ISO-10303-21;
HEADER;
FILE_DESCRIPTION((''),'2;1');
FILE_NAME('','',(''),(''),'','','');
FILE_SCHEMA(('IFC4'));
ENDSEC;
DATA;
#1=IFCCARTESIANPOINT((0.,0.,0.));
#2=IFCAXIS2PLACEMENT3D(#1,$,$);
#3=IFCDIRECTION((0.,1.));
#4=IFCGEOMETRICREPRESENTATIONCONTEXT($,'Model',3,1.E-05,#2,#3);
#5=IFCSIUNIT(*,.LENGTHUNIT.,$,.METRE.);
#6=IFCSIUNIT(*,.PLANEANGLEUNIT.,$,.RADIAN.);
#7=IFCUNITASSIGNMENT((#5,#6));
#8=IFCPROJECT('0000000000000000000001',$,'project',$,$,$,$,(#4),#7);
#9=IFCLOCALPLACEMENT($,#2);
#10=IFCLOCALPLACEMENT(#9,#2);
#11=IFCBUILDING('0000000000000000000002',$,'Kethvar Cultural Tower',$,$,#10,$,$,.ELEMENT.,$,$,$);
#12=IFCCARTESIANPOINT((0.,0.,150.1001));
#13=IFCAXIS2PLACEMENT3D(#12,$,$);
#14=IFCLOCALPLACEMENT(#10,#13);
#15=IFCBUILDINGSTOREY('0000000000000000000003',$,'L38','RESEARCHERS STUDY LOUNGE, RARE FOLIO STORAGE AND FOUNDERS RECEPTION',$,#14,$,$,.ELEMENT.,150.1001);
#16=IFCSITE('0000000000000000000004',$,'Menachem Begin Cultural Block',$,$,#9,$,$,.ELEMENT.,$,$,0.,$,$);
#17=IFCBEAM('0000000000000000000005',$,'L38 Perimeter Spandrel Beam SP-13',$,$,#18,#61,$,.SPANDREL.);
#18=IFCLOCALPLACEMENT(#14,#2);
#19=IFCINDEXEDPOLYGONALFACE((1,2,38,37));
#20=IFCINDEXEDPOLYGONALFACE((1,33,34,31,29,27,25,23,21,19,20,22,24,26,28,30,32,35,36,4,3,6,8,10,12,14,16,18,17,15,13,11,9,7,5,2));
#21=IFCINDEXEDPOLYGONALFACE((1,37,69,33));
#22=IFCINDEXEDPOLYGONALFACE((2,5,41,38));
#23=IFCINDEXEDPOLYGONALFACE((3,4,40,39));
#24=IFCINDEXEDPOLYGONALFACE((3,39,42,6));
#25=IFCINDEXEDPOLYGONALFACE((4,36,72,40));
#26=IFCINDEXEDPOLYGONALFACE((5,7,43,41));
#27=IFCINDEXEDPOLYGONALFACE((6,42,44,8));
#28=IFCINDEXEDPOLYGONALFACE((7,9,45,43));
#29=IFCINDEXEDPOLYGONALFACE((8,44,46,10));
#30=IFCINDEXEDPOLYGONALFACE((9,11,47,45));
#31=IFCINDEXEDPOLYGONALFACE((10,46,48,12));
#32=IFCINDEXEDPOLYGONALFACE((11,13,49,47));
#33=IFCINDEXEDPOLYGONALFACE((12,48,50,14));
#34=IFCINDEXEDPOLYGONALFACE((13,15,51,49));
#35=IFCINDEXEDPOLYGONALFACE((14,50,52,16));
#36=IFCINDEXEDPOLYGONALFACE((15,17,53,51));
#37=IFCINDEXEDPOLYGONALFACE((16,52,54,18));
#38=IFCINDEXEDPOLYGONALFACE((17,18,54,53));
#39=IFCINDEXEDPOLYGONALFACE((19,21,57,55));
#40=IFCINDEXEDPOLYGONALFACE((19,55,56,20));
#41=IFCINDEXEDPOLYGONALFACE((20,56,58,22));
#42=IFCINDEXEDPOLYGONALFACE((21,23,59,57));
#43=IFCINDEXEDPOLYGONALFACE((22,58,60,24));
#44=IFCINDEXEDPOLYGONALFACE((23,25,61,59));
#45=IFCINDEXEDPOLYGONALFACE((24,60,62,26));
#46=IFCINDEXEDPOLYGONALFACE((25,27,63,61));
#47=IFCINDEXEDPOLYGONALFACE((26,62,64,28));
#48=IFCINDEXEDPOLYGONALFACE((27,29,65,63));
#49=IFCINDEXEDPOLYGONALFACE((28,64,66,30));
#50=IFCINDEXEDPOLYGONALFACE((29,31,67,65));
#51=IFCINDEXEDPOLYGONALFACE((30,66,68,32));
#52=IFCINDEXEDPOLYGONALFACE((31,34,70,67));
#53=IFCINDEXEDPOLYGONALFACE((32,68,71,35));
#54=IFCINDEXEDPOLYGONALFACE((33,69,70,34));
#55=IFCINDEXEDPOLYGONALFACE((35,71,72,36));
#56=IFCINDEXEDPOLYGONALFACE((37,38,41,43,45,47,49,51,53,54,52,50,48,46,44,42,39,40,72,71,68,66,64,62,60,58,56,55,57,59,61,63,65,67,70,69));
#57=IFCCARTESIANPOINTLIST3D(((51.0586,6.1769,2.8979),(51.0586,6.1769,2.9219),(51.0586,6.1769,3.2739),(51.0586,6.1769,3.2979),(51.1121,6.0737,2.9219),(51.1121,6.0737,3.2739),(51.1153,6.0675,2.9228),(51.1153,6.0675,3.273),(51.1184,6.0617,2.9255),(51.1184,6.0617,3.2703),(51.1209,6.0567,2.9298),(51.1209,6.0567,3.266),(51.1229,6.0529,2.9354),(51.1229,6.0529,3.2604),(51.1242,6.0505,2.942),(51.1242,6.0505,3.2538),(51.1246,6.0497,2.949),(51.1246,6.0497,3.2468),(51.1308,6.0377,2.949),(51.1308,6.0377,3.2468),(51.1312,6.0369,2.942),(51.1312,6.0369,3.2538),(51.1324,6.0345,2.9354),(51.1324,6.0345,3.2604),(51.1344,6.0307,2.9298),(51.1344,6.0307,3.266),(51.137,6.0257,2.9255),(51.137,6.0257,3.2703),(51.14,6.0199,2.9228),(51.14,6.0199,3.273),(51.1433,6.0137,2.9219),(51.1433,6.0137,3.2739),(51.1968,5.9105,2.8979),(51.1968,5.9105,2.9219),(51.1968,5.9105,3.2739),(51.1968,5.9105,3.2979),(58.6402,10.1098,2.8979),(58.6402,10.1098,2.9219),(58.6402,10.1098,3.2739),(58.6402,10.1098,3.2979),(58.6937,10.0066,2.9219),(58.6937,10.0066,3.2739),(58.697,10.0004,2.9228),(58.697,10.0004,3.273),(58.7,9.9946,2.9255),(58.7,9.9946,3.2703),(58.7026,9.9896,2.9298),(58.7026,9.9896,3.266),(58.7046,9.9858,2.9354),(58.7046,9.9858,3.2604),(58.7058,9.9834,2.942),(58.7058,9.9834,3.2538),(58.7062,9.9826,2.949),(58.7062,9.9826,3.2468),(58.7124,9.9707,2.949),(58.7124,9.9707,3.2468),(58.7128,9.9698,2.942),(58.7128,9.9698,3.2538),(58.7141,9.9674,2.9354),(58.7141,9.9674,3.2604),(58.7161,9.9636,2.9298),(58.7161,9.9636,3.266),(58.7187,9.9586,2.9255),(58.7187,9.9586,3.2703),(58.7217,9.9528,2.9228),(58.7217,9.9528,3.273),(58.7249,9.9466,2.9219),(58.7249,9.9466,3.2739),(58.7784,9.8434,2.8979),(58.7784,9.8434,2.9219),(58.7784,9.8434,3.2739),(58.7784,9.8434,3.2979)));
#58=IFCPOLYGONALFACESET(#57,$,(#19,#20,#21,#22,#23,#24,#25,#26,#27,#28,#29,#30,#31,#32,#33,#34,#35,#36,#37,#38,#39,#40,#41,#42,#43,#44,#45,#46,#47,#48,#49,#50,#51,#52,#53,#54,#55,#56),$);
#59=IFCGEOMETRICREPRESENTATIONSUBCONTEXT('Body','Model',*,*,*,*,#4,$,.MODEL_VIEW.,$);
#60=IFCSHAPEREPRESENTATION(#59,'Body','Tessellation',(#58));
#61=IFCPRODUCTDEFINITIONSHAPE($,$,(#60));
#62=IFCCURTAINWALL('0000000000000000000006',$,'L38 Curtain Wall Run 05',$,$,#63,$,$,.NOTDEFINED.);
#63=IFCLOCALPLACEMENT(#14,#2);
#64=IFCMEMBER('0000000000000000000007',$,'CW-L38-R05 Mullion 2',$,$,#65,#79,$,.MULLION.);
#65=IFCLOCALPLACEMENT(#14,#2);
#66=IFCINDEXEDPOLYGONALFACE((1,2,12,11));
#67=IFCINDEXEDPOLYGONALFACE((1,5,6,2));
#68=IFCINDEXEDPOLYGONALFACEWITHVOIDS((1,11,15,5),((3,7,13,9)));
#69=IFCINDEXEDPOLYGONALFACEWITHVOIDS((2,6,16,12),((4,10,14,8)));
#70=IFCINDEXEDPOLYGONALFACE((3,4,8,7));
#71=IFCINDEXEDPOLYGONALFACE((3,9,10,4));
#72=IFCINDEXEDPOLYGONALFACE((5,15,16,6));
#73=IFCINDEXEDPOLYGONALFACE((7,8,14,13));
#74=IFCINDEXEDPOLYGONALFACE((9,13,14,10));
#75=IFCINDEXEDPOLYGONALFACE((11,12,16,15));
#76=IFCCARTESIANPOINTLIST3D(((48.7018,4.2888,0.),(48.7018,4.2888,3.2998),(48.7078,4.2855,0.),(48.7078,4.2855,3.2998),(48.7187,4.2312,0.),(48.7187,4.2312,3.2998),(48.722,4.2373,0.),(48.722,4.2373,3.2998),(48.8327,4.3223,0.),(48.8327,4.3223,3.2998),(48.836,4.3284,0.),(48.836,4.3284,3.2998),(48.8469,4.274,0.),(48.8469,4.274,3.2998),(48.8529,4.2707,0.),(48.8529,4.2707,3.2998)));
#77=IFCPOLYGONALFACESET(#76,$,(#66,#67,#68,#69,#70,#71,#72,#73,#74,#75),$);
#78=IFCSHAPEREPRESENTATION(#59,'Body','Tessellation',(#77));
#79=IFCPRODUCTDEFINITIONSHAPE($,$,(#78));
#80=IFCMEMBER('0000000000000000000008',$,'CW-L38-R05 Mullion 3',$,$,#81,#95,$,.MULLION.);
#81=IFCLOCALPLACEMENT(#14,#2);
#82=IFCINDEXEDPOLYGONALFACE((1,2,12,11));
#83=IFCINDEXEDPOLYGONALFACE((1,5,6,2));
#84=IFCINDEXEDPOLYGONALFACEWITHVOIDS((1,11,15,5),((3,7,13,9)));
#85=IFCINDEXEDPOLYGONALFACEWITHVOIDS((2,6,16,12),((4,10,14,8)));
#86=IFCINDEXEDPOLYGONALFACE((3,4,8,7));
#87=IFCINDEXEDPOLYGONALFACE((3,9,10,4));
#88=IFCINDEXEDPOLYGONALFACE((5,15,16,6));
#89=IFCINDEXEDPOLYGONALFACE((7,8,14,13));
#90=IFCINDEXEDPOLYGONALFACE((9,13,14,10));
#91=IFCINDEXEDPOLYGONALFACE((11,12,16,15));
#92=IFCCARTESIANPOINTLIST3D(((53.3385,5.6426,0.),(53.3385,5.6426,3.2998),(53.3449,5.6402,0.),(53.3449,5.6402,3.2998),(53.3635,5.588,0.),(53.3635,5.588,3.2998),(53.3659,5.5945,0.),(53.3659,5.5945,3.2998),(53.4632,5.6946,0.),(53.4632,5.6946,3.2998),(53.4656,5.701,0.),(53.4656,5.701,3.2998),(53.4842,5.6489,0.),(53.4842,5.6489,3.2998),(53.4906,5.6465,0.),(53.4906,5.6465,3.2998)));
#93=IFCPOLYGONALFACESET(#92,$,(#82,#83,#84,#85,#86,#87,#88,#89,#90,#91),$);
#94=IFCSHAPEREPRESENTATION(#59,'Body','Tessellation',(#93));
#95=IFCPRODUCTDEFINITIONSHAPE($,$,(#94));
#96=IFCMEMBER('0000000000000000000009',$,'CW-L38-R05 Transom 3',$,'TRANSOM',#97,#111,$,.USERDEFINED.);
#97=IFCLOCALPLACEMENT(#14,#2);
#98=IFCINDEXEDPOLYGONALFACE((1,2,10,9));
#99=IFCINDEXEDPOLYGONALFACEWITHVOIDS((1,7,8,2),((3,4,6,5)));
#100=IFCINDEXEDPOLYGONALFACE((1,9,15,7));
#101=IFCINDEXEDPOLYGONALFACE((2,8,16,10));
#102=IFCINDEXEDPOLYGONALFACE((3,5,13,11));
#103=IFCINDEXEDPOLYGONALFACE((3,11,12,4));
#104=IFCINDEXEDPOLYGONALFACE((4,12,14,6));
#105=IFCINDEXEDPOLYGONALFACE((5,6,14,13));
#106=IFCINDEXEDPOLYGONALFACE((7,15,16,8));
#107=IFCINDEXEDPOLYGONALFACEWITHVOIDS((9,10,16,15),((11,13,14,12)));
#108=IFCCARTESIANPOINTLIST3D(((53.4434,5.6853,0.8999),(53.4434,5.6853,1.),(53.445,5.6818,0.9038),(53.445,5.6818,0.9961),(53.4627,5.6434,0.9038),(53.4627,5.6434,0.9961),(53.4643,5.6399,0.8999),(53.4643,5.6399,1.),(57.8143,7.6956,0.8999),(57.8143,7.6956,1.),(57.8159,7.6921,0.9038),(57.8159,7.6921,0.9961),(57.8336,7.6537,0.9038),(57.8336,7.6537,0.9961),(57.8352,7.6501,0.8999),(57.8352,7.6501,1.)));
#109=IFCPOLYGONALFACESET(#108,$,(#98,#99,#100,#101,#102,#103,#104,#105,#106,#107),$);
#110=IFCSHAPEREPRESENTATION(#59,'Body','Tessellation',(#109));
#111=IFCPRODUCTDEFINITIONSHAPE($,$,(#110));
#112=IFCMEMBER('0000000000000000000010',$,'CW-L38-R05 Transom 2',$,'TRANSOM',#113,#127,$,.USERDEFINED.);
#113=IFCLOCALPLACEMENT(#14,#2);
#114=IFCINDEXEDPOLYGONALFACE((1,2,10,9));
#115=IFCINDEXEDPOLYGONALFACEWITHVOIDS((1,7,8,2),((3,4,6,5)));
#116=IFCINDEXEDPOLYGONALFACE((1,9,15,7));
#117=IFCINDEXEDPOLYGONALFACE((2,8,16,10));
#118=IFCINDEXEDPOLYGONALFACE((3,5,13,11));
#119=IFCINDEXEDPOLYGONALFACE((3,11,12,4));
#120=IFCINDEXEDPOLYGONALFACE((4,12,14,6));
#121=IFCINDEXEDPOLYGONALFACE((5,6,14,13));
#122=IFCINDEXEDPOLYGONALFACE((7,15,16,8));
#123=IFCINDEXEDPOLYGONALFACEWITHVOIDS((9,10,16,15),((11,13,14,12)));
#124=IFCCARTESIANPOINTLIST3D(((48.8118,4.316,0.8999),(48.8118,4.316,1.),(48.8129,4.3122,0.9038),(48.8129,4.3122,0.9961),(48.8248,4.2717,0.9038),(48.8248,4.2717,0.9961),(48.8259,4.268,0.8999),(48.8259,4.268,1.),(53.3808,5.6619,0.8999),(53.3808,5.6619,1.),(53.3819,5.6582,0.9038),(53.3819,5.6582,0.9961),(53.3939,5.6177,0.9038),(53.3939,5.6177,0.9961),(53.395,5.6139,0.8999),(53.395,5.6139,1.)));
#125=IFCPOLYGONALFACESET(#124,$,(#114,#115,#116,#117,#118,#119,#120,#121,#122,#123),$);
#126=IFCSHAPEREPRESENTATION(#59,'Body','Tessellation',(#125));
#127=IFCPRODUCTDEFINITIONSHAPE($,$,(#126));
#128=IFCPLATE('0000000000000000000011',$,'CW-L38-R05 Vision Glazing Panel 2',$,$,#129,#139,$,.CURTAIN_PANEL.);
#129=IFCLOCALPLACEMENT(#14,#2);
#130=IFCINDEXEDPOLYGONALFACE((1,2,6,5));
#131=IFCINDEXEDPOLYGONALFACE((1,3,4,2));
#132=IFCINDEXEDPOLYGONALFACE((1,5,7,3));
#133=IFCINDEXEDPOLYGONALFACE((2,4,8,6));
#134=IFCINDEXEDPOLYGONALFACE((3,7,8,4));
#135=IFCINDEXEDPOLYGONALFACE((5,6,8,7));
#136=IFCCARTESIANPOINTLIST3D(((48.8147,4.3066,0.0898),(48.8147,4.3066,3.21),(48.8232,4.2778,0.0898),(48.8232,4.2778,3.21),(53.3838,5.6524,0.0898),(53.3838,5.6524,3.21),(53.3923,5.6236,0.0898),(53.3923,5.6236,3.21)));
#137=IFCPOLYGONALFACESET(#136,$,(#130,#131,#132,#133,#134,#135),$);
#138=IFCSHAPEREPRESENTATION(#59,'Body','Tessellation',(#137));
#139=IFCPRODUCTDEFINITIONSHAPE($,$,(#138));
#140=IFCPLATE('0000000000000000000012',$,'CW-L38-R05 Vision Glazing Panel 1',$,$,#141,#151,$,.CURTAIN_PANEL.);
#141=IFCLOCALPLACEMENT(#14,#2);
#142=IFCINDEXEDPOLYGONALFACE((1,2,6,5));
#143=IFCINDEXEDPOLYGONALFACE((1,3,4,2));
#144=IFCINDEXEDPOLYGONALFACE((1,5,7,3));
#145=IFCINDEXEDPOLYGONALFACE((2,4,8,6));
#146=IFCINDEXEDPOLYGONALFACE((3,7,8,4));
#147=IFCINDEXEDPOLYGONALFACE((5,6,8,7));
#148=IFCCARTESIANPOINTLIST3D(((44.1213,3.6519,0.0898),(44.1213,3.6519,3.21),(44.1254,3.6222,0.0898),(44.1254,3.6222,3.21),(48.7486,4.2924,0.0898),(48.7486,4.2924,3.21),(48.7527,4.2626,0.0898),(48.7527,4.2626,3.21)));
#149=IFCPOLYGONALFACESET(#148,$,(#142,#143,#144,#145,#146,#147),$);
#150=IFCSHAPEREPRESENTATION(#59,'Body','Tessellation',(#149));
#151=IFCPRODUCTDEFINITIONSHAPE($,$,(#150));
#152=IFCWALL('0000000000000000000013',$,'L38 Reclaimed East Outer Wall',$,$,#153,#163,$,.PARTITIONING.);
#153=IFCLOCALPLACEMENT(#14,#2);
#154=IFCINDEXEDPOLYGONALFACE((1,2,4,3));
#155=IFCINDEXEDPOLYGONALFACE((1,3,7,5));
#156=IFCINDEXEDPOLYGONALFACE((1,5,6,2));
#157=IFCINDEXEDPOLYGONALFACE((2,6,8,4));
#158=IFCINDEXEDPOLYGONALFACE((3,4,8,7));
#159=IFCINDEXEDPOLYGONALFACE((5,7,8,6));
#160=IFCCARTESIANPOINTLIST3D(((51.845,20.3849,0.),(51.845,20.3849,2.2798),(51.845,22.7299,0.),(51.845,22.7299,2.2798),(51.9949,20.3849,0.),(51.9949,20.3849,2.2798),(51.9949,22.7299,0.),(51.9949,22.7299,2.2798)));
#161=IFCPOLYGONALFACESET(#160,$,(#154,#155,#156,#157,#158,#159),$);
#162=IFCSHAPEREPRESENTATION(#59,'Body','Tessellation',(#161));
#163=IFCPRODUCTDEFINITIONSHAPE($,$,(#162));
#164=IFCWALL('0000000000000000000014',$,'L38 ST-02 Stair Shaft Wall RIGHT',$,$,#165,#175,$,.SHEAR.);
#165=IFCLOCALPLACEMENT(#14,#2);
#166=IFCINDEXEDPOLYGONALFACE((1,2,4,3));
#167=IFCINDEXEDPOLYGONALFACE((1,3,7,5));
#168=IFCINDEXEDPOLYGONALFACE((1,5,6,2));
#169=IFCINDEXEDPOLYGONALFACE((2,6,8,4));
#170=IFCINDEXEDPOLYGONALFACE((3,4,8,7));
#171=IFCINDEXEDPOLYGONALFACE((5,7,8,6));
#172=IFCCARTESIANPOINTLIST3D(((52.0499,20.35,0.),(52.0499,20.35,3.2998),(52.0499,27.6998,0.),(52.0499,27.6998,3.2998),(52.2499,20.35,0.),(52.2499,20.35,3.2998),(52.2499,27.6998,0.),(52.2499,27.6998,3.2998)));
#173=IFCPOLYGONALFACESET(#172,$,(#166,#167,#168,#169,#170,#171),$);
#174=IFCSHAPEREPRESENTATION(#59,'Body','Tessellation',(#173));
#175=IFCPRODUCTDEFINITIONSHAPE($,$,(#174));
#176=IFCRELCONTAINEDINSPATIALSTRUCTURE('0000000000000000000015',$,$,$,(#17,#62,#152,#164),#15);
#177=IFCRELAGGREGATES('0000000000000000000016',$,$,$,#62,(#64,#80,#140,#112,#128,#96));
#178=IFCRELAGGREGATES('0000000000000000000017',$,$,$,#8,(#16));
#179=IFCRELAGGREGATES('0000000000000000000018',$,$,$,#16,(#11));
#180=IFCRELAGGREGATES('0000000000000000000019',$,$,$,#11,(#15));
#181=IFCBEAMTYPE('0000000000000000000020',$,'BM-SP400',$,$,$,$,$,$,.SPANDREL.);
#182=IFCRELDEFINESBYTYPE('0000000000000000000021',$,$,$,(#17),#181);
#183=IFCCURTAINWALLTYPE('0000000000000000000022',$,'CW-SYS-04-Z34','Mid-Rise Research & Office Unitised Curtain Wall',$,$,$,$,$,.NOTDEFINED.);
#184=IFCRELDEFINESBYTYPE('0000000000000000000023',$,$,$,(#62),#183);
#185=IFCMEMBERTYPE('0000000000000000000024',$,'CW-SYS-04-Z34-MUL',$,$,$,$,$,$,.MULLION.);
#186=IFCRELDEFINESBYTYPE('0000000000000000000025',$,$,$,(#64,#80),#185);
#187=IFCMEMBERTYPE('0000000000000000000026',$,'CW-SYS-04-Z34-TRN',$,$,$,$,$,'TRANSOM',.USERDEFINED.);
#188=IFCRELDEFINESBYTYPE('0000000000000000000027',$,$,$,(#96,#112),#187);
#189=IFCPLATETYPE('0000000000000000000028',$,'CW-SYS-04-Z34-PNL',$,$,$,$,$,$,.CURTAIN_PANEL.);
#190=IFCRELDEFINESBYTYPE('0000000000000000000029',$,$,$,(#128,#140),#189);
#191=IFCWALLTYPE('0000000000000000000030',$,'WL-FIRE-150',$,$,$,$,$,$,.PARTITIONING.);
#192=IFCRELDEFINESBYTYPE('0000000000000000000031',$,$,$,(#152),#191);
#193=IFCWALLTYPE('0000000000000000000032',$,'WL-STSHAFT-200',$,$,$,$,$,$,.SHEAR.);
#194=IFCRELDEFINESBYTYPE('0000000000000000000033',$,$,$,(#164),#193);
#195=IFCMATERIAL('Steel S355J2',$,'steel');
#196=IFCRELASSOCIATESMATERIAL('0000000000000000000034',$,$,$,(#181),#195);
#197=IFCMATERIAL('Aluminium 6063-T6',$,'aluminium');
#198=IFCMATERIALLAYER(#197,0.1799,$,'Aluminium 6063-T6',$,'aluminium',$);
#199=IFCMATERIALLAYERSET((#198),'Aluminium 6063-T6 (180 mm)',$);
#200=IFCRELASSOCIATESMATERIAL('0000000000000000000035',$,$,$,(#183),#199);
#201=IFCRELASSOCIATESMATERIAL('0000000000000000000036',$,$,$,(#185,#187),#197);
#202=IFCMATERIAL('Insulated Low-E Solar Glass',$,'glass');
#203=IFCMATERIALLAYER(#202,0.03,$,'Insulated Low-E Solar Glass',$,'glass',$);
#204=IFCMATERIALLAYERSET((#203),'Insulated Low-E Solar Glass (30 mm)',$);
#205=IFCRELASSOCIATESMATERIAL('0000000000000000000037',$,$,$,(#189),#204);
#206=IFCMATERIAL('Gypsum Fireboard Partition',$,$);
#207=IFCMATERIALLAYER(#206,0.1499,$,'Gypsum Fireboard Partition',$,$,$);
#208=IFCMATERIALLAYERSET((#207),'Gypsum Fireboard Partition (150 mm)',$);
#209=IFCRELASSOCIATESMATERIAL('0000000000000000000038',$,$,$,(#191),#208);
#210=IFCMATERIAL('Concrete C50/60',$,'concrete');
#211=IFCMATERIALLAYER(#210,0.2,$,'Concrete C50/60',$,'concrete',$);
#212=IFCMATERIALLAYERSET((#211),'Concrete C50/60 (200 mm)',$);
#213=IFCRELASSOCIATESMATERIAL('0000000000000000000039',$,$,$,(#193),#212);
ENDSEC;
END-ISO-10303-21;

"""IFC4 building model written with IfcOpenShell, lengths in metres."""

from ifc_helpers import new_model, si_unit, direction, frame, frame_2d, origin, origin_2d, place, context, subcontext, project, spatial, rectangle, hollow_rectangle, i_section, extrude, source, transform, mapped, material, layer, layer_set, material_profile, profile_set, type_object, element, aggregate, save


model = new_model("IFC4")

# Units and contexts
model_context = context("Model", 3, precision=1e-05, world=origin(), true_north=direction((0.0, 1.0)))
body_context = subcontext(model_context, "Body", "Model", "MODEL_VIEW")
ifc_project = project(units=[si_unit("LENGTHUNIT", "METRE"), si_unit("PLANEANGLEUNIT", "RADIAN")], contexts=[model_context])

# Site, building, storey
site_placement = place(None, origin())
site = spatial("IfcSite", under=ifc_project, at=site_placement, Name="Menachem Begin Cultural Block", CompositionType="ELEMENT", RefElevation=0.0)
building_placement = place(site_placement, origin())
building = spatial("IfcBuilding", under=site, at=building_placement, Name="Kethvar Cultural Tower", CompositionType="ELEMENT")
storey_placement = place(building_placement, frame((0.0, 0.0, 150.1001)))
storey = spatial("IfcBuildingStorey", under=building, at=storey_placement, Name="L38", Description="RESEARCHERS STUDY LOUNGE, RARE FOLIO STORAGE AND FOUNDERS RECEPTION", CompositionType="ELEMENT", Elevation=150.1001)

# Beam
ifc_material_1 = material(Name="Steel S355J2", Category="steel")
ifc_material_profile_1 = material_profile(ifc_material_1, i_section(OverallWidth=0.3, OverallDepth=0.3999, WebThickness=0.0134, FlangeThickness=0.0239, FilletRadius=0.0271, at=origin_2d()), Name="Steel S355J2 — HEB400")
ifc_profile_set_1 = profile_set([ifc_material_profile_1], Name="Steel S355J2 — HEB400")
beam_type_1 = type_object("IfcBeamType", Name="BM-SP400", PredefinedType="SPANDREL", material=ifc_profile_set_1)
shared_shape_1 = source(origin(), body_context, "Body", "SweptSolid", [
    extrude(i_section(OverallWidth=0.3, OverallDepth=0.3999, WebThickness=0.0134, FlangeThickness=0.0239, FilletRadius=0.0271, at=origin_2d()), origin(), (0.0, 0.0, 1.0), 8.541),
])
beam_1_placement = place(storey_placement, frame((51.1277, 6.0437, 3.0979), z_axis=(0.887674, 0.460473, 0.0), x_axis=(-0.460473, 0.887674, 0.0)))
element("IfcBeam", 1, at=beam_1_placement, inside=storey, type_object=beam_type_1, Name="L38 Perimeter Spandrel Beam SP-13", PredefinedType="SPANDREL", context=body_context, shape_type="MappedRepresentation", body=[
    mapped(shared_shape_1, transform((0.0, 0.0, 0.0), scale=1.0)),
])

# Curtain wall, members, plates
ifc_material_2 = material(Name="Aluminium 6063-T6", Category="aluminium")
ifc_layer_1 = layer(ifc_material_2, 0.1799, Name="Aluminium 6063-T6", Category="aluminium")
ifc_layer_set_1 = layer_set([ifc_layer_1], Name="Aluminium 6063-T6 (180 mm)")
curtain_wall_type = type_object("IfcCurtainWallType", Name="CW-SYS-04-Z34", Description="Mid-Rise Research & Office Unitised Curtain Wall", PredefinedType="NOTDEFINED", material=ifc_layer_set_1)
curtain_wall_placement = place(storey_placement, origin())
curtain_wall = element("IfcCurtainWall", 2, at=curtain_wall_placement, inside=storey, type_object=curtain_wall_type, Name="L38 Curtain Wall Run 05", PredefinedType="NOTDEFINED")
ifc_material_profile_2 = material_profile(ifc_material_2, hollow_rectangle(XDim=0.0601, YDim=0.1399, WallThickness=0.0049, at=origin_2d()), Name="Aluminium 6063-T6 — RHS140x60x5")
ifc_profile_set_2 = profile_set([ifc_material_profile_2], Name="Aluminium 6063-T6 — RHS140x60x5")
member_type_1 = type_object("IfcMemberType", Name="CW-SYS-04-Z34-MUL", PredefinedType="MULLION", material=ifc_profile_set_2)
shared_shape_2 = source(origin(), body_context, "Body", "SweptSolid", [
    extrude(hollow_rectangle(XDim=0.0601, YDim=0.1399, WallThickness=0.0049, at=origin_2d()), origin(), (0.0, 0.0, 1.0), 3.2998),
])
member_1_placement = place(storey_placement, frame((48.7773, 4.2798, 0.0), z_axis=(0.0, 0.0, 1.0), x_axis=(-0.282542, 0.959255, 0.0)))
member_1 = element("IfcMember", 3, at=member_1_placement, type_object=member_type_1, Name="CW-L38-R05 Mullion 2", PredefinedType="MULLION", context=body_context, shape_type="MappedRepresentation", body=[
    mapped(shared_shape_2, transform((0.0, 0.0, 0.0), scale=1.0)),
])
member_2_placement = place(storey_placement, frame((53.4146, 5.6445, 0.0), z_axis=(0.0, 0.0, 1.0), x_axis=(-0.41782, 0.90853, 0.0)))
member_2 = element("IfcMember", 4, at=member_2_placement, type_object=member_type_1, Name="CW-L38-R05 Mullion 3", PredefinedType="MULLION", context=body_context, shape_type="MappedRepresentation", body=[
    mapped(shared_shape_2, transform((0.0, 0.0, 0.0), scale=1.0)),
])
ifc_material_profile_3 = material_profile(ifc_material_2, hollow_rectangle(XDim=0.05, YDim=0.1001, WallThickness=0.0039, at=origin_2d()), Name="Aluminium 6063-T6 — RHS100x50x4")
ifc_profile_set_3 = profile_set([ifc_material_profile_3], Name="Aluminium 6063-T6 — RHS100x50x4")
member_type_2 = type_object("IfcMemberType", Name="CW-SYS-04-Z34-TRN", ElementType="TRANSOM", PredefinedType="USERDEFINED", material=ifc_profile_set_3)
shared_shape_3 = source(origin(), body_context, "Body", "SweptSolid", [
    extrude(hollow_rectangle(XDim=0.05, YDim=0.1001, WallThickness=0.0039, at=origin_2d()), origin(), (0.0, 0.0, 1.0), 4.811),
])
member_3_placement = place(storey_placement, frame((53.4539, 5.6626, 0.95), z_axis=(0.908517, 0.417848, 0.0), x_axis=(-0.417848, 0.908517, 0.0)))
member_3 = element("IfcMember", 5, at=member_3_placement, type_object=member_type_2, Name="CW-L38-R05 Transom 3", ObjectType="TRANSOM", PredefinedType="USERDEFINED", context=body_context, shape_type="MappedRepresentation", body=[
    mapped(shared_shape_3, transform((0.0, 0.0, 0.0), scale=1.0)),
])
shared_shape_4 = source(origin(), body_context, "Body", "SweptSolid", [
    extrude(hollow_rectangle(XDim=0.05, YDim=0.1001, WallThickness=0.0039, at=origin_2d()), origin(), (0.0, 0.0, 1.0), 4.7632),
])
member_4_placement = place(storey_placement, frame((48.8188, 4.292, 0.95), z_axis=(0.959246, 0.282571, 0.0), x_axis=(-0.282571, 0.959246, 0.0)))
member_4 = element("IfcMember", 6, at=member_4_placement, type_object=member_type_2, Name="CW-L38-R05 Transom 2", ObjectType="TRANSOM", PredefinedType="USERDEFINED", context=body_context, shape_type="MappedRepresentation", body=[
    mapped(shared_shape_4, transform((0.0, 0.0, 0.0), scale=1.0)),
])
ifc_material_3 = material(Name="Insulated Low-E Solar Glass", Category="glass")
ifc_layer_2 = layer(ifc_material_3, 0.03, Name="Insulated Low-E Solar Glass", Category="glass")
ifc_layer_set_2 = layer_set([ifc_layer_2], Name="Insulated Low-E Solar Glass (30 mm)")
plate_type = type_object("IfcPlateType", Name="CW-SYS-04-Z34-PNL", PredefinedType="CURTAIN_PANEL", material=ifc_layer_set_2)
shared_shape_5 = source(origin(), body_context, "Body", "SweptSolid", [
    extrude(rectangle(XDim=4.7632, YDim=0.03, at=origin_2d()), origin(), (0.0, 0.0, 1.0), 3.1201),
])
plate_1_placement = place(storey_placement, frame((51.1035, 4.9651, 0.0898), z_axis=(0.0, 0.0, 1.0), x_axis=(0.959255, 0.282542, 0.0)))
plate_1 = element("IfcPlate", 7, at=plate_1_placement, type_object=plate_type, Name="CW-L38-R05 Vision Glazing Panel 2", PredefinedType="CURTAIN_PANEL", context=body_context, shape_type="MappedRepresentation", body=[
    mapped(shared_shape_5, transform((0.0, 0.0, 0.0), scale=1.0)),
])
shared_shape_6 = source(origin(), body_context, "Body", "SweptSolid", [
    extrude(rectangle(XDim=4.6714, YDim=0.03, at=origin_2d()), origin(), (0.0, 0.0, 1.0), 3.1201),
])
plate_2_placement = place(storey_placement, frame((46.437, 3.9573, 0.0898), z_axis=(0.0, 0.0, 1.0), x_axis=(0.990557, 0.137099, 0.0)))
plate_2 = element("IfcPlate", 8, at=plate_2_placement, type_object=plate_type, Name="CW-L38-R05 Vision Glazing Panel 1", PredefinedType="CURTAIN_PANEL", context=body_context, shape_type="MappedRepresentation", body=[
    mapped(shared_shape_6, transform((0.0, 0.0, 0.0), scale=1.0)),
])
aggregate(curtain_wall, [member_1, member_2, plate_2, member_4, plate_1, member_3])

# Walls
ifc_material_4 = material(Name="Gypsum Fireboard Partition")
ifc_layer_3 = layer(ifc_material_4, 0.1499, Name="Gypsum Fireboard Partition")
ifc_layer_set_3 = layer_set([ifc_layer_3], Name="Gypsum Fireboard Partition (150 mm)")
wall_type_1 = type_object("IfcWallType", Name="WL-FIRE-150", PredefinedType="PARTITIONING", material=ifc_layer_set_3)
wall_1_placement = place(storey_placement, frame((51.9199, 20.385, 0.0), z_axis=(0.0, 0.0, 1.0), x_axis=(0.0, 1.0, 0.0)))
element("IfcWall", 9, at=wall_1_placement, inside=storey, type_object=wall_type_1, Name="L38 Reclaimed East Outer Wall", PredefinedType="PARTITIONING", context=body_context, shape_type="SweptSolid", body=[
    extrude(rectangle(XDim=2.345, YDim=0.1499, at=frame_2d((1.1724, 0.0))), origin(), (0.0, 0.0, 1.0), 2.2798),
])
ifc_material_5 = material(Name="Concrete C50/60", Category="concrete")
ifc_layer_4 = layer(ifc_material_5, 0.2, Name="Concrete C50/60", Category="concrete")
ifc_layer_set_4 = layer_set([ifc_layer_4], Name="Concrete C50/60 (200 mm)")
wall_type_2 = type_object("IfcWallType", Name="WL-STSHAFT-200", PredefinedType="SHEAR", material=ifc_layer_set_4)
wall_2_placement = place(storey_placement, frame((52.1499, 20.3501, 0.0), z_axis=(0.0, 0.0, 1.0), x_axis=(0.0, 1.0, 0.0)))
element("IfcWall", 10, at=wall_2_placement, inside=storey, type_object=wall_type_2, Name="L38 ST-02 Stair Shaft Wall RIGHT", PredefinedType="SHEAR", context=body_context, shape_type="SweptSolid", body=[
    extrude(rectangle(XDim=7.3499, YDim=0.2, at=frame_2d((3.6748, 0.0))), origin(), (0.0, 0.0, 1.0), 3.2998),
])

save(model, "model.ifc")
